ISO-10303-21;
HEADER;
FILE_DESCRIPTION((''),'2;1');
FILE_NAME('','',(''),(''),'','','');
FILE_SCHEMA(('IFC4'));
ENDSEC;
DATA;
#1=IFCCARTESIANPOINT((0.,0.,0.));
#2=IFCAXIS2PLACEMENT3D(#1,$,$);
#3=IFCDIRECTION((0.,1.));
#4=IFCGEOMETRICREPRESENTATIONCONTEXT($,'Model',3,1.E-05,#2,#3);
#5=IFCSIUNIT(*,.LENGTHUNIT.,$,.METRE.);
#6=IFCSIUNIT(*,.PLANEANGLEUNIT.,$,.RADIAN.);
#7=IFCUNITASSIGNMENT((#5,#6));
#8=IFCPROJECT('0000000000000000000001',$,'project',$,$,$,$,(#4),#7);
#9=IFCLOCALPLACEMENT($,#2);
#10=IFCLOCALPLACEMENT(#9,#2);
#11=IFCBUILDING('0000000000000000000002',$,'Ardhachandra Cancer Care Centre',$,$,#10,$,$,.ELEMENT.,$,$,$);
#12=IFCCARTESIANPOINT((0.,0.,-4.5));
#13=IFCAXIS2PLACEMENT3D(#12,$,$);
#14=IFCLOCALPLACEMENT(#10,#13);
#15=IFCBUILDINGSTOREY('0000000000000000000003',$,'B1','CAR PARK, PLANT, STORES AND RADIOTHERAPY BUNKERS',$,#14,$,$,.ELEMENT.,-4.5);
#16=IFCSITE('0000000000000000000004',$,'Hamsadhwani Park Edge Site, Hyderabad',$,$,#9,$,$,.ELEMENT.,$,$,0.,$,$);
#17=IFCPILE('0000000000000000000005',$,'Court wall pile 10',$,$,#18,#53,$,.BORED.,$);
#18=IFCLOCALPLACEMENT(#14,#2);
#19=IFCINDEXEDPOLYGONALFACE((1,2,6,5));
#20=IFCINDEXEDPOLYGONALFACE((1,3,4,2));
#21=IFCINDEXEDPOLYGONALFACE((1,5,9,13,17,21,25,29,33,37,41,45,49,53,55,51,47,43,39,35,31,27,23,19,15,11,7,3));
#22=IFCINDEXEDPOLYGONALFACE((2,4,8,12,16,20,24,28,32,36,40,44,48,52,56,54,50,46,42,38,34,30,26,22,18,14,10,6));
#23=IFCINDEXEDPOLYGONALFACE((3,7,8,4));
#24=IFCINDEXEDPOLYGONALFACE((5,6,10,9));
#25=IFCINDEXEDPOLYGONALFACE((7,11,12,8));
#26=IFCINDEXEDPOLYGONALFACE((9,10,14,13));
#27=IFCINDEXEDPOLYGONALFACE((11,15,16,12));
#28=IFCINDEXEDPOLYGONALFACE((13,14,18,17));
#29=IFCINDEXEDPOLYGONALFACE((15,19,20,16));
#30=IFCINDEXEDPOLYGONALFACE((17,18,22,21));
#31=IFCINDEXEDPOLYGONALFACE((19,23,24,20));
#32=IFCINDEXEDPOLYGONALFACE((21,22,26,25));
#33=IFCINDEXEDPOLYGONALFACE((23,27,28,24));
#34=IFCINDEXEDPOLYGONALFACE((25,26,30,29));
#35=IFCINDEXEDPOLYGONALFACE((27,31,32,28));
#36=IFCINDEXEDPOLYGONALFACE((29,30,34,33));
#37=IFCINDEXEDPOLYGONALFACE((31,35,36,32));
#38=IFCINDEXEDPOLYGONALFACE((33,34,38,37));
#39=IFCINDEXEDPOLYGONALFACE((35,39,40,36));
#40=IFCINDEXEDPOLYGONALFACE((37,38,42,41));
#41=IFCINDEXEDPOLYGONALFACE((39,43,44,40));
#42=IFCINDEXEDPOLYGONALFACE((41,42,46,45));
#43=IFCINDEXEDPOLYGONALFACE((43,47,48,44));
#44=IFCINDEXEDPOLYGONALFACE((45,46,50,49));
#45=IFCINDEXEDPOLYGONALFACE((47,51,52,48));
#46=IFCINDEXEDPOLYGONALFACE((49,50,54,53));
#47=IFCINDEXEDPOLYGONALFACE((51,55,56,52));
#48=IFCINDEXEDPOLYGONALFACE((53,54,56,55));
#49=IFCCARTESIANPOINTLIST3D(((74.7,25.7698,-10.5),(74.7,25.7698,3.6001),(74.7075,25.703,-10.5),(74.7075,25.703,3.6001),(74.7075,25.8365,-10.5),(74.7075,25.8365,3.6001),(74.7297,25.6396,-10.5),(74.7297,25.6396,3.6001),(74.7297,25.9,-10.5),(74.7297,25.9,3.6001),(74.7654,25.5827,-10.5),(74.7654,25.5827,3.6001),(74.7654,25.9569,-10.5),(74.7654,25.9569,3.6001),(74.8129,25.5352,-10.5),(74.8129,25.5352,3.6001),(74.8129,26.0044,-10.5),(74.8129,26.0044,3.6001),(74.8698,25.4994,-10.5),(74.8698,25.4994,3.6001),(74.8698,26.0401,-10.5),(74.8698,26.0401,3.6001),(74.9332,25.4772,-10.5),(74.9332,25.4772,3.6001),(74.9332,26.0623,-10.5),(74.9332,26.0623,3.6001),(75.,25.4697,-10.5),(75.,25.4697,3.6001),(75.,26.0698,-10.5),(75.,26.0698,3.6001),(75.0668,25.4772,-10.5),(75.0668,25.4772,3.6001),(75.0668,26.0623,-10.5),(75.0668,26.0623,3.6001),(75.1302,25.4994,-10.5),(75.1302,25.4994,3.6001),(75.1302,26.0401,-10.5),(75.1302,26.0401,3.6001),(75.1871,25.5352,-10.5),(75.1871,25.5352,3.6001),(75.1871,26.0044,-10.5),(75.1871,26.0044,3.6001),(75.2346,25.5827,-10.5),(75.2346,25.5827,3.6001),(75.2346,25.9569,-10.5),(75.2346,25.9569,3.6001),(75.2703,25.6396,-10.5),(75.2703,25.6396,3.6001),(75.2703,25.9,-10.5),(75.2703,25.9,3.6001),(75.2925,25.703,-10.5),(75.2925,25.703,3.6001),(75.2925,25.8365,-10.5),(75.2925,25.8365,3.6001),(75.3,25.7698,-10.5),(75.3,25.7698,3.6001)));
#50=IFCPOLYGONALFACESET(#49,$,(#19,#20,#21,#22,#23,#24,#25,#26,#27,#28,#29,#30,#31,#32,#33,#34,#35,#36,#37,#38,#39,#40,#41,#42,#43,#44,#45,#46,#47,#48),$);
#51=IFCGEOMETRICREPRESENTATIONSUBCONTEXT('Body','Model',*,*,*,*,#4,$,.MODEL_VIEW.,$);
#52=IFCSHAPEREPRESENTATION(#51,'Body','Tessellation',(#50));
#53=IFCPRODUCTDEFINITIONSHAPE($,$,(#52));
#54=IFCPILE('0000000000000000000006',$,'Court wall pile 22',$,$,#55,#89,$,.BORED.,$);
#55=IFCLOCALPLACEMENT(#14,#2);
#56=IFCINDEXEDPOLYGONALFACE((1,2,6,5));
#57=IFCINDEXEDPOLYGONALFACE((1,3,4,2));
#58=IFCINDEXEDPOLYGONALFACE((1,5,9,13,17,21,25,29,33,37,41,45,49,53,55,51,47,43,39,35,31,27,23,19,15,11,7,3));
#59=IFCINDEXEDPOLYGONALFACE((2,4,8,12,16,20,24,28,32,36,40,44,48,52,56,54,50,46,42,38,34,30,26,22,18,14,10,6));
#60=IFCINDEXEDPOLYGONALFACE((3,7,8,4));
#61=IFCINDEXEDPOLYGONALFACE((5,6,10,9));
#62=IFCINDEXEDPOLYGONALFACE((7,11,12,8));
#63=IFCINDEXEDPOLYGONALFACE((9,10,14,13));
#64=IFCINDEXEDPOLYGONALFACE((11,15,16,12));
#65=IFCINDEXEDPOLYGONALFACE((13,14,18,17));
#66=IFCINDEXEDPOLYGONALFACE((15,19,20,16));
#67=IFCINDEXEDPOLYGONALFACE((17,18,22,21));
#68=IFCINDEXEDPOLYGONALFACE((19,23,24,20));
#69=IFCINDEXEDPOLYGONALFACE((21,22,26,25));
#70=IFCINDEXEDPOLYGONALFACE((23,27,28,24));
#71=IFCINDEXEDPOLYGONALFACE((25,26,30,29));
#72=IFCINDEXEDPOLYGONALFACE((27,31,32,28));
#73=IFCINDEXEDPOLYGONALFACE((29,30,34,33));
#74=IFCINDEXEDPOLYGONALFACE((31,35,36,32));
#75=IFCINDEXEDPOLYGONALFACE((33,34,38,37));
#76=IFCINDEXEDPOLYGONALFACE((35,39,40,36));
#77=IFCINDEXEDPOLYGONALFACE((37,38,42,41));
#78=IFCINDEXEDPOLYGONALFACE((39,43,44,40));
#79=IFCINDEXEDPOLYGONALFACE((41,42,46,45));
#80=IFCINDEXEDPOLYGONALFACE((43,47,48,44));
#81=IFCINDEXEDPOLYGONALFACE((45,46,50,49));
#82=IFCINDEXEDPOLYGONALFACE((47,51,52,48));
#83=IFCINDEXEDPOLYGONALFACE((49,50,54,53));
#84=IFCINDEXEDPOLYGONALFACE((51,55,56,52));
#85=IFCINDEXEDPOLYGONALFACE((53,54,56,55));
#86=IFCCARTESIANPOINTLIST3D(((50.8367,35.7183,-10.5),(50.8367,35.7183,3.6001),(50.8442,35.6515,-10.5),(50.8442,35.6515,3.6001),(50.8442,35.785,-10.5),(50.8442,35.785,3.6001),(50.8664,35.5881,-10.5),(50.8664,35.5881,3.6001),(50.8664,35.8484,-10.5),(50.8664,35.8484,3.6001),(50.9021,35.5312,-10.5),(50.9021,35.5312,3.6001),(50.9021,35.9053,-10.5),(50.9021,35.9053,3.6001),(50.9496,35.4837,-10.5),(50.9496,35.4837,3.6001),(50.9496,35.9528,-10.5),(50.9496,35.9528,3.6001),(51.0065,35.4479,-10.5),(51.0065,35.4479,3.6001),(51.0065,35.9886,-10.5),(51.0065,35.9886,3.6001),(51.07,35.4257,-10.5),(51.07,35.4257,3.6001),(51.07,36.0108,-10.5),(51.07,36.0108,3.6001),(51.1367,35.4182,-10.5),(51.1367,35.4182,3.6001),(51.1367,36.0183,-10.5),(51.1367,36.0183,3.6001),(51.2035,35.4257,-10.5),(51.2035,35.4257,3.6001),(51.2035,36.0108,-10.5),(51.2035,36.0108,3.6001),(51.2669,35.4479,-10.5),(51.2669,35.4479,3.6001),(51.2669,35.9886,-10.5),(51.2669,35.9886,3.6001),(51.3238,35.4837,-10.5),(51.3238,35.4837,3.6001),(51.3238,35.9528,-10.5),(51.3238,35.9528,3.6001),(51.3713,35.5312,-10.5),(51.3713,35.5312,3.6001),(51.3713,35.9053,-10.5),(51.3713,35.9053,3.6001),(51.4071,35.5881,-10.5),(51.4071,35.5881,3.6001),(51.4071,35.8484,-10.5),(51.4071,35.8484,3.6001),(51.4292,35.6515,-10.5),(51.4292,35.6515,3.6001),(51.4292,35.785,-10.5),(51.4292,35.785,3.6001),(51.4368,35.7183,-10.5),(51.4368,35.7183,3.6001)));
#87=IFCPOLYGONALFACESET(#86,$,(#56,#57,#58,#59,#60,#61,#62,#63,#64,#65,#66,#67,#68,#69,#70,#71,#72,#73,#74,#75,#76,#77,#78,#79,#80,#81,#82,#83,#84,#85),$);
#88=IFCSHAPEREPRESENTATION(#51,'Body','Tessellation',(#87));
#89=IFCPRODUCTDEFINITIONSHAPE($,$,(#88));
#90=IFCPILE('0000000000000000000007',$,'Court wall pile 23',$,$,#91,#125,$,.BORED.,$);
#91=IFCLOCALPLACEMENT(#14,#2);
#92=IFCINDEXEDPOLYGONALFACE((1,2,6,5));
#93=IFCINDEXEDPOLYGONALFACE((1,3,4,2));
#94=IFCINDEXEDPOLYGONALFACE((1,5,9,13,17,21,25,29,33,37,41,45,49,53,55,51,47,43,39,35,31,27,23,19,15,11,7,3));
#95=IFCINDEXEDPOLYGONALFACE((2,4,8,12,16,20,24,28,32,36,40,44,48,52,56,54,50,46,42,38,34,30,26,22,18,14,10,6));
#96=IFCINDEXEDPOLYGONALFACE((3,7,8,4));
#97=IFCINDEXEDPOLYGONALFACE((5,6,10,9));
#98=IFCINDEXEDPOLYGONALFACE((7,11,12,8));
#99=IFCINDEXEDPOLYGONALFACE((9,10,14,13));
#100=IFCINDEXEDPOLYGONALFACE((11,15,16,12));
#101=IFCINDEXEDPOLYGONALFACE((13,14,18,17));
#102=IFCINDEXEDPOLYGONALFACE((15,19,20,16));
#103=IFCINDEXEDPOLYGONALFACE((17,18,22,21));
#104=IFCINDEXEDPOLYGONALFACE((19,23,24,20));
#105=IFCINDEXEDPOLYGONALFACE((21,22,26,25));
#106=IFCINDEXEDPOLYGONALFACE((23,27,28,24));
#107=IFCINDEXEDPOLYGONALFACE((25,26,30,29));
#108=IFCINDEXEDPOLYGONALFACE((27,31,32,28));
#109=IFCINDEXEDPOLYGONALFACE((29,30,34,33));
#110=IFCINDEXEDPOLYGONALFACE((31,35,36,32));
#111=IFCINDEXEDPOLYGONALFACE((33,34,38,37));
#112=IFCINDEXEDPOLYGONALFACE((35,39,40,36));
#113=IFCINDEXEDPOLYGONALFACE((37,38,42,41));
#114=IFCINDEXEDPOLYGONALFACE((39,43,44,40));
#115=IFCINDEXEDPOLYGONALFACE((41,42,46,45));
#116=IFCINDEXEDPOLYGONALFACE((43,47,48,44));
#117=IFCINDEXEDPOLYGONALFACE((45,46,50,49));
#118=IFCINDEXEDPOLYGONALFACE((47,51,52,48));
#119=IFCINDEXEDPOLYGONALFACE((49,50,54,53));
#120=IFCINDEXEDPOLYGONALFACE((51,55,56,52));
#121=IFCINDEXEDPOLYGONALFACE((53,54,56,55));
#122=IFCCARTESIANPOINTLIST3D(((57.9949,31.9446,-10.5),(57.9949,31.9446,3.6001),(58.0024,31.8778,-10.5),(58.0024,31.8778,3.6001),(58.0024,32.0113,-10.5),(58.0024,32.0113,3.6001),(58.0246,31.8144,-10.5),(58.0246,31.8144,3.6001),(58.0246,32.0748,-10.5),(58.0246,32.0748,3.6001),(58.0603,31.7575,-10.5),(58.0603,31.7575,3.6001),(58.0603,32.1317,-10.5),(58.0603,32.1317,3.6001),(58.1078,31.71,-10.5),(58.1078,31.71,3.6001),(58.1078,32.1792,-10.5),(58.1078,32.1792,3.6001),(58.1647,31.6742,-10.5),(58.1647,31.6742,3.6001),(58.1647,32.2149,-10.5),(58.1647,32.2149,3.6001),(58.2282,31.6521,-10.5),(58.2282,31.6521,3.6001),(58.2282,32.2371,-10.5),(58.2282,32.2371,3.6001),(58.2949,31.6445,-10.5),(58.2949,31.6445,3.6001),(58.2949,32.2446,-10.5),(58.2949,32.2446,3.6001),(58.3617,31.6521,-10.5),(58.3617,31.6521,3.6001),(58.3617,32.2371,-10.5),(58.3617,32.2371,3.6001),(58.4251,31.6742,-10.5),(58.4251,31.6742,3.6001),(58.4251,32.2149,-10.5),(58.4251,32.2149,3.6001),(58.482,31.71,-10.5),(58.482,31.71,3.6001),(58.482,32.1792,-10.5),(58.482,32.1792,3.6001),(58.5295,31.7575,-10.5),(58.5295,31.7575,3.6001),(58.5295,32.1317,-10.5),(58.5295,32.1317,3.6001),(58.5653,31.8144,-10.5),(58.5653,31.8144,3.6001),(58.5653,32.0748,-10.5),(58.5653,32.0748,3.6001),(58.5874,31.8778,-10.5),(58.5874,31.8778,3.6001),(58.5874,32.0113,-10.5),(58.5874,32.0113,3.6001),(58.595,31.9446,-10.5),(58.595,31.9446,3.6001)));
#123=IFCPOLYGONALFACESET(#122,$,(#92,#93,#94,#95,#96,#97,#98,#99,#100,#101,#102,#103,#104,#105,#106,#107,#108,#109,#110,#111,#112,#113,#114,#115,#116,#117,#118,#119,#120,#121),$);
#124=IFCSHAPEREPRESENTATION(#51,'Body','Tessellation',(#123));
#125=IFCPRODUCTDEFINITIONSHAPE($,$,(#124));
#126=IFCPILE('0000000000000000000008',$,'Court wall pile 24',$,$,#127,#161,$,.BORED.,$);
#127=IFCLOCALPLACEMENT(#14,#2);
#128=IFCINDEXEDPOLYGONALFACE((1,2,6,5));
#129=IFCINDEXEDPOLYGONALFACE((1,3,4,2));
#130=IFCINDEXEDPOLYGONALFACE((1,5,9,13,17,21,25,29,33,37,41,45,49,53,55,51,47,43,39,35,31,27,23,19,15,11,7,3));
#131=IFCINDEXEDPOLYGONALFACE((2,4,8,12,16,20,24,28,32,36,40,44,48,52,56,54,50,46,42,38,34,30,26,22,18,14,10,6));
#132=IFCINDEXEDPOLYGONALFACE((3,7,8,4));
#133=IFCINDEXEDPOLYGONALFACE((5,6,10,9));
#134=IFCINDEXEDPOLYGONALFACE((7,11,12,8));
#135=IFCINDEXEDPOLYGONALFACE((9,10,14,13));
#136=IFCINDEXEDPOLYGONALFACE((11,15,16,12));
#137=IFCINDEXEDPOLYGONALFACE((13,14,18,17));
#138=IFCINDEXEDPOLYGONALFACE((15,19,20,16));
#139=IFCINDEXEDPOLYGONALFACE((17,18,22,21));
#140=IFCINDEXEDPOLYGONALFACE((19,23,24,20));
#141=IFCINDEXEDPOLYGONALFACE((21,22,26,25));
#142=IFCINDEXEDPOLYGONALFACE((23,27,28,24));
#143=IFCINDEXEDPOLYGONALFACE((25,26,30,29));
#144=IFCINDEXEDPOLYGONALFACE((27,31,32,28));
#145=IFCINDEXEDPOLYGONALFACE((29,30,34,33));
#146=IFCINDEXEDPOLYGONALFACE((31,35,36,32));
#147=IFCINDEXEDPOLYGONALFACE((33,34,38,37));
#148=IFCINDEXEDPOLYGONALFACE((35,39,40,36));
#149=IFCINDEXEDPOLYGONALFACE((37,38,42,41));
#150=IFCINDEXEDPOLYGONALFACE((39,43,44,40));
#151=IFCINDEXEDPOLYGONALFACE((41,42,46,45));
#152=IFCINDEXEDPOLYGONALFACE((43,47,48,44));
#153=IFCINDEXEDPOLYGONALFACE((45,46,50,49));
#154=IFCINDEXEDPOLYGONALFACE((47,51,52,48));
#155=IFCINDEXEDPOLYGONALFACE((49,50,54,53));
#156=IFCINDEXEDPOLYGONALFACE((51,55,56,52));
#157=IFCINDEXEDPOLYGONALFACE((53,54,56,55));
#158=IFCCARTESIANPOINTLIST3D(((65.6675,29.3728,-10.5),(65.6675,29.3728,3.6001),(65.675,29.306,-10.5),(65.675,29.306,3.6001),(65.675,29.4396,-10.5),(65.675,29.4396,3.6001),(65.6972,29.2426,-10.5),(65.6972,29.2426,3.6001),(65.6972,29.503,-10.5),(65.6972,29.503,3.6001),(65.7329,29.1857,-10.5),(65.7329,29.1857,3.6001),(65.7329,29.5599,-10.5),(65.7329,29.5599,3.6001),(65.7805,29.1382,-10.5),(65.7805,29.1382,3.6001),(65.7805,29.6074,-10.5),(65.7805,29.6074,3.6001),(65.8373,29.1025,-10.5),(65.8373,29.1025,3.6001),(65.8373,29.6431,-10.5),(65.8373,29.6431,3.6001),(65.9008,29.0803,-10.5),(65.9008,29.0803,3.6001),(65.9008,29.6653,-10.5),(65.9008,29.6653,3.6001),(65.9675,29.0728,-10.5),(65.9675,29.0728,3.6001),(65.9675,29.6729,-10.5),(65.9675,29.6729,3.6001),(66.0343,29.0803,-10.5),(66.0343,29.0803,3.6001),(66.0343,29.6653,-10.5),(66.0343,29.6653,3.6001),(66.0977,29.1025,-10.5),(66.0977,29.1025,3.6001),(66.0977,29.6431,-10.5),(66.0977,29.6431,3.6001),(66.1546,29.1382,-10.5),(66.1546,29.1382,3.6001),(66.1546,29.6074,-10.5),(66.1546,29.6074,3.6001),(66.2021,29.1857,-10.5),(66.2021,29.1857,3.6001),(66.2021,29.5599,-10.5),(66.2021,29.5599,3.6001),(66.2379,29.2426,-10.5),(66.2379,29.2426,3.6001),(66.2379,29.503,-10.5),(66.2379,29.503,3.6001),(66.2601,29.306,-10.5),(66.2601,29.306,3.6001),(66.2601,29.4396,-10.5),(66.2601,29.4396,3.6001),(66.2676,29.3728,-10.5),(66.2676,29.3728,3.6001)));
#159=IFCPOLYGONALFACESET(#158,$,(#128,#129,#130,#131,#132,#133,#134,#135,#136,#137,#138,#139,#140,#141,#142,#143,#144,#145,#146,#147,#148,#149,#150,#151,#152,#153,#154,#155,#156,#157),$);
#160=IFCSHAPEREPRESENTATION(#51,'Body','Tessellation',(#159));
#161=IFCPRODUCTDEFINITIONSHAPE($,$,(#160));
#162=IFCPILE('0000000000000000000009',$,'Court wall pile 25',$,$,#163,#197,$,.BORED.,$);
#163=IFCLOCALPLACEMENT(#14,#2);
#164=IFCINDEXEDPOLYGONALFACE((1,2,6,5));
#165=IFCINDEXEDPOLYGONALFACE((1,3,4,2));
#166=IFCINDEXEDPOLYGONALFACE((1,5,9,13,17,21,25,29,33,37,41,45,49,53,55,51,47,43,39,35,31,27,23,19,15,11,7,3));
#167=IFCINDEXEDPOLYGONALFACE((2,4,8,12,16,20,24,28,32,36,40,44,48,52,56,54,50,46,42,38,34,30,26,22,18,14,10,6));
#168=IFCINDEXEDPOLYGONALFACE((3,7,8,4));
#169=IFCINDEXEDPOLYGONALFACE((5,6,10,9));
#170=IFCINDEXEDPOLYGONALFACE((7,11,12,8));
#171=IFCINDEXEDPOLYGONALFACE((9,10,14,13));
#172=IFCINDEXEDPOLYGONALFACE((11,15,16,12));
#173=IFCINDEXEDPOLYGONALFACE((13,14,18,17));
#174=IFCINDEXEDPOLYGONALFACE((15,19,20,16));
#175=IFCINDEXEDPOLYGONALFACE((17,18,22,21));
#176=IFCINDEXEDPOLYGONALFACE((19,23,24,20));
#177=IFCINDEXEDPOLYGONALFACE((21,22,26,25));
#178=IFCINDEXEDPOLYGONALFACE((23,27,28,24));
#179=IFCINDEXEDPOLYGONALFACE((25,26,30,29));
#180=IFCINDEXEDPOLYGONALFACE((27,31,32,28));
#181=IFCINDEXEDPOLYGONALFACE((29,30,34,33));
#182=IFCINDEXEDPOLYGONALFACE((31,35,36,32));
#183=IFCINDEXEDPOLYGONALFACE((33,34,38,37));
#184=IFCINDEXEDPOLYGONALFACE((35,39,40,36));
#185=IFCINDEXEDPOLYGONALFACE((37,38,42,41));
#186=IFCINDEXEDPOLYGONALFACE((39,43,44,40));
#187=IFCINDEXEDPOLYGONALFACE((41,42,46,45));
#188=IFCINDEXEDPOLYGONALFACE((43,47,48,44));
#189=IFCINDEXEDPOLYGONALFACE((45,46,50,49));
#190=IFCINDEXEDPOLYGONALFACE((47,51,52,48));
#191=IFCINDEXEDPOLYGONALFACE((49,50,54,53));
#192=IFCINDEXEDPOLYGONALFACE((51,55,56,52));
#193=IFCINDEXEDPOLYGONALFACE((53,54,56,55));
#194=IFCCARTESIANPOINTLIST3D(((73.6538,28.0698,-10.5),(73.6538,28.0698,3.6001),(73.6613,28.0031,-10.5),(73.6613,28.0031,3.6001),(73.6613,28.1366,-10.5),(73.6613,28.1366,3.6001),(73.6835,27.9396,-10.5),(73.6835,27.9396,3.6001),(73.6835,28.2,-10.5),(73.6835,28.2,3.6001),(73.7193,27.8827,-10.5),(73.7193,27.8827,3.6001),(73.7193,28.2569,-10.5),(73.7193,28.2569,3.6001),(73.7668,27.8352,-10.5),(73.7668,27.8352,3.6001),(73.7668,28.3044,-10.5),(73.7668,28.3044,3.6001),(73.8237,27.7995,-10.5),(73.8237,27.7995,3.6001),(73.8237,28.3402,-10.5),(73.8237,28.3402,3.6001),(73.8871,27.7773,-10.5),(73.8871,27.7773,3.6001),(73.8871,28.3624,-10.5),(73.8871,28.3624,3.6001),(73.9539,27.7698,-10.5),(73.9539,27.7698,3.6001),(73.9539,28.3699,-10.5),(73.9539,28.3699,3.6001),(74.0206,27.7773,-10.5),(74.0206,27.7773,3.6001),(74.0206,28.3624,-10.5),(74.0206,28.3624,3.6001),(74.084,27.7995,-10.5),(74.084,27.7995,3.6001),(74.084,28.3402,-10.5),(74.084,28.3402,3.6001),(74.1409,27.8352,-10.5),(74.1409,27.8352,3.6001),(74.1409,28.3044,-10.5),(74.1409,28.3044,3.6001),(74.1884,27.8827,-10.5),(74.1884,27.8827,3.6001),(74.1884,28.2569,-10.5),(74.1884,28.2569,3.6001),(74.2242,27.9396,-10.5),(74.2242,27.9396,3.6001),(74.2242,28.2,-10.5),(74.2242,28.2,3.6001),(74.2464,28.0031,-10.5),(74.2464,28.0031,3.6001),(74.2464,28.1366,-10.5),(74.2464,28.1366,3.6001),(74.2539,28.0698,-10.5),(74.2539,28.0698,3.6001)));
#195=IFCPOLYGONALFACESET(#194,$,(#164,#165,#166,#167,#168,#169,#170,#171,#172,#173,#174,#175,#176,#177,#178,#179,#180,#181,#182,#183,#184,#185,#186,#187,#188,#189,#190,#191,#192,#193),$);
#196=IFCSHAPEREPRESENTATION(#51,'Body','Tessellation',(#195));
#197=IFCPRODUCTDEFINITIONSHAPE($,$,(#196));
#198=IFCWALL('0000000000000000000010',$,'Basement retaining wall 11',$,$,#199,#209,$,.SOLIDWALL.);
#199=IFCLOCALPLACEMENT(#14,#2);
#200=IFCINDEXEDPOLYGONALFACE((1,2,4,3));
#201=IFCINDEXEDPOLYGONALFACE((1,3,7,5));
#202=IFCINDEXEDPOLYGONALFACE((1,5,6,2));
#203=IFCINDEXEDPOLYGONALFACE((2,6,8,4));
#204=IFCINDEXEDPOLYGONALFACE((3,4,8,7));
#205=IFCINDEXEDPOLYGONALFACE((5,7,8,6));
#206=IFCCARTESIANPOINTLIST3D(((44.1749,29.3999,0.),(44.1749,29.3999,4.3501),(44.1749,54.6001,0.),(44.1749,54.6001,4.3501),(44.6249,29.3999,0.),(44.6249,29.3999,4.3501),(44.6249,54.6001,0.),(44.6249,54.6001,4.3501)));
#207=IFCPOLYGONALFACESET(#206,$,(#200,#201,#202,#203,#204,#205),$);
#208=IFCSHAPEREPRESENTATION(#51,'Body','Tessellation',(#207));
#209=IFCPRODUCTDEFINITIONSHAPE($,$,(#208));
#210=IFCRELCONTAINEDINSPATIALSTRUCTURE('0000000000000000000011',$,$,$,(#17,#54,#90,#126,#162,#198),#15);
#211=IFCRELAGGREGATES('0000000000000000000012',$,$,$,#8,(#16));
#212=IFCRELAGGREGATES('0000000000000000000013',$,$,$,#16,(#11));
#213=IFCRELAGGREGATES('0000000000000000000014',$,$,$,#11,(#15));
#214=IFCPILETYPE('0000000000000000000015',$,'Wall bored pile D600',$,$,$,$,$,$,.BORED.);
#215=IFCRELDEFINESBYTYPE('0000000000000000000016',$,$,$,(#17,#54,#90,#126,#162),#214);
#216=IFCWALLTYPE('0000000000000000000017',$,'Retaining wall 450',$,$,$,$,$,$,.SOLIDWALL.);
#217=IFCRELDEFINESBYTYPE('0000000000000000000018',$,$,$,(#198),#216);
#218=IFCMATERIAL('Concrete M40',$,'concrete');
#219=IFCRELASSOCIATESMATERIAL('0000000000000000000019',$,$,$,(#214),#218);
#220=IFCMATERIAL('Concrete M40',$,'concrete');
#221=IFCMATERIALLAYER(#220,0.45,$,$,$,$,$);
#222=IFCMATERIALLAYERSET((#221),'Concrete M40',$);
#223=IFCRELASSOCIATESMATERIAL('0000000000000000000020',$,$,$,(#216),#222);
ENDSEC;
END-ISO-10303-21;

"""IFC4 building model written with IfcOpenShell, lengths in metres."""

from ifc_helpers import new_model, si_unit, direction, frame, frame_2d, origin, origin_2d, place, context, subcontext, project, spatial, rectangle, circle, extrude, material, layer, layer_set, material_profile, profile_set, type_object, element, save


model = new_model("IFC4")

# Units and contexts
model_context = context("Model", 3, precision=1e-05, world=origin(), true_north=direction((0.0, 1.0)))
body_context = subcontext(model_context, "Body", "Model", "MODEL_VIEW")
ifc_project = project(units=[si_unit("LENGTHUNIT", "METRE"), si_unit("PLANEANGLEUNIT", "RADIAN")], contexts=[model_context])

# Site, building, storey
site_placement = place(None, origin())
site = spatial("IfcSite", under=ifc_project, at=site_placement, Name="Hamsadhwani Park Edge Site, Hyderabad", CompositionType="ELEMENT", RefElevation=0.0)
building_placement = place(site_placement, origin())
building = spatial("IfcBuilding", under=site, at=building_placement, Name="Ardhachandra Cancer Care Centre", CompositionType="ELEMENT")
storey_placement = place(building_placement, frame((0.0, 0.0, -4.5)))
storey = spatial("IfcBuildingStorey", under=building, at=storey_placement, Name="B1", Description="CAR PARK, PLANT, STORES AND RADIOTHERAPY BUNKERS", CompositionType="ELEMENT", Elevation=-4.5)

# Piles
ifc_material_1 = material(Name="Concrete M40", Category="concrete")
ifc_material_profile_1 = material_profile(ifc_material_1, circle(Radius=0.3, at=origin_2d()), Name="D600")
ifc_profile_set_1 = profile_set([ifc_material_profile_1], Name="Concrete M40")
pile_type_1 = type_object("IfcPileType", Name="Wall bored pile D600", PredefinedType="BORED", material=ifc_profile_set_1)
for number, where, z_axis, x_axis, name in (
    (1, (75.0, 25.7698, 3.6001), (0.0, 0.0, -1.0), (1.0, 0.0, 0.0), "Court wall pile 10"),
    (2, (51.1367, 35.7183, 3.6001), (0.0, 0.0, -1.0), (1.0, 0.0, 0.0), "Court wall pile 22"),
    (3, (58.2949, 31.9446, 3.6001), (0.0, 0.0, -1.0), (1.0, 0.0, 0.0), "Court wall pile 23"),
    (4, (65.9675, 29.3728, 3.6001), (0.0, 0.0, -1.0), (1.0, 0.0, 0.0), "Court wall pile 24"),
    (5, (73.9539, 28.0698, 3.6001), (0.0, 0.0, -1.0), (1.0, 0.0, 0.0), "Court wall pile 25"),
):
    element("IfcPile", number, at=place(storey_placement, frame(where, z_axis=z_axis, x_axis=x_axis)), inside=storey, type_object=pile_type_1, Name=name, PredefinedType="BORED", context=body_context, shape_type="SweptSolid", body=[
        extrude(circle(Radius=0.3, at=origin_2d()), origin(), (0.0, 0.0, 1.0), 14.1001),
    ])

# Wall
ifc_material_2 = material(Name="Concrete M40", Category="concrete")
ifc_layer = layer(ifc_material_2, 0.45)
ifc_layer_set = layer_set([ifc_layer], Name="Concrete M40")
wall_type = type_object("IfcWallType", Name="Retaining wall 450", PredefinedType="SOLIDWALL", material=ifc_layer_set)
wall_placement = place(storey_placement, frame((44.3999, 29.3999, 0.0), z_axis=(0.0, 0.0, 1.0), x_axis=(0.0, 1.0, 0.0)))
element("IfcWall", 6, at=wall_placement, inside=storey, type_object=wall_type, Name="Basement retaining wall 11", PredefinedType="SOLIDWALL", context=body_context, shape_type="SweptSolid", body=[
    extrude(rectangle(XDim=25.2002, YDim=0.45, at=frame_2d((12.6001, 0.0))), origin(), (0.0, 0.0, 1.0), 4.3501),
])

save(model, "model.ifc")
